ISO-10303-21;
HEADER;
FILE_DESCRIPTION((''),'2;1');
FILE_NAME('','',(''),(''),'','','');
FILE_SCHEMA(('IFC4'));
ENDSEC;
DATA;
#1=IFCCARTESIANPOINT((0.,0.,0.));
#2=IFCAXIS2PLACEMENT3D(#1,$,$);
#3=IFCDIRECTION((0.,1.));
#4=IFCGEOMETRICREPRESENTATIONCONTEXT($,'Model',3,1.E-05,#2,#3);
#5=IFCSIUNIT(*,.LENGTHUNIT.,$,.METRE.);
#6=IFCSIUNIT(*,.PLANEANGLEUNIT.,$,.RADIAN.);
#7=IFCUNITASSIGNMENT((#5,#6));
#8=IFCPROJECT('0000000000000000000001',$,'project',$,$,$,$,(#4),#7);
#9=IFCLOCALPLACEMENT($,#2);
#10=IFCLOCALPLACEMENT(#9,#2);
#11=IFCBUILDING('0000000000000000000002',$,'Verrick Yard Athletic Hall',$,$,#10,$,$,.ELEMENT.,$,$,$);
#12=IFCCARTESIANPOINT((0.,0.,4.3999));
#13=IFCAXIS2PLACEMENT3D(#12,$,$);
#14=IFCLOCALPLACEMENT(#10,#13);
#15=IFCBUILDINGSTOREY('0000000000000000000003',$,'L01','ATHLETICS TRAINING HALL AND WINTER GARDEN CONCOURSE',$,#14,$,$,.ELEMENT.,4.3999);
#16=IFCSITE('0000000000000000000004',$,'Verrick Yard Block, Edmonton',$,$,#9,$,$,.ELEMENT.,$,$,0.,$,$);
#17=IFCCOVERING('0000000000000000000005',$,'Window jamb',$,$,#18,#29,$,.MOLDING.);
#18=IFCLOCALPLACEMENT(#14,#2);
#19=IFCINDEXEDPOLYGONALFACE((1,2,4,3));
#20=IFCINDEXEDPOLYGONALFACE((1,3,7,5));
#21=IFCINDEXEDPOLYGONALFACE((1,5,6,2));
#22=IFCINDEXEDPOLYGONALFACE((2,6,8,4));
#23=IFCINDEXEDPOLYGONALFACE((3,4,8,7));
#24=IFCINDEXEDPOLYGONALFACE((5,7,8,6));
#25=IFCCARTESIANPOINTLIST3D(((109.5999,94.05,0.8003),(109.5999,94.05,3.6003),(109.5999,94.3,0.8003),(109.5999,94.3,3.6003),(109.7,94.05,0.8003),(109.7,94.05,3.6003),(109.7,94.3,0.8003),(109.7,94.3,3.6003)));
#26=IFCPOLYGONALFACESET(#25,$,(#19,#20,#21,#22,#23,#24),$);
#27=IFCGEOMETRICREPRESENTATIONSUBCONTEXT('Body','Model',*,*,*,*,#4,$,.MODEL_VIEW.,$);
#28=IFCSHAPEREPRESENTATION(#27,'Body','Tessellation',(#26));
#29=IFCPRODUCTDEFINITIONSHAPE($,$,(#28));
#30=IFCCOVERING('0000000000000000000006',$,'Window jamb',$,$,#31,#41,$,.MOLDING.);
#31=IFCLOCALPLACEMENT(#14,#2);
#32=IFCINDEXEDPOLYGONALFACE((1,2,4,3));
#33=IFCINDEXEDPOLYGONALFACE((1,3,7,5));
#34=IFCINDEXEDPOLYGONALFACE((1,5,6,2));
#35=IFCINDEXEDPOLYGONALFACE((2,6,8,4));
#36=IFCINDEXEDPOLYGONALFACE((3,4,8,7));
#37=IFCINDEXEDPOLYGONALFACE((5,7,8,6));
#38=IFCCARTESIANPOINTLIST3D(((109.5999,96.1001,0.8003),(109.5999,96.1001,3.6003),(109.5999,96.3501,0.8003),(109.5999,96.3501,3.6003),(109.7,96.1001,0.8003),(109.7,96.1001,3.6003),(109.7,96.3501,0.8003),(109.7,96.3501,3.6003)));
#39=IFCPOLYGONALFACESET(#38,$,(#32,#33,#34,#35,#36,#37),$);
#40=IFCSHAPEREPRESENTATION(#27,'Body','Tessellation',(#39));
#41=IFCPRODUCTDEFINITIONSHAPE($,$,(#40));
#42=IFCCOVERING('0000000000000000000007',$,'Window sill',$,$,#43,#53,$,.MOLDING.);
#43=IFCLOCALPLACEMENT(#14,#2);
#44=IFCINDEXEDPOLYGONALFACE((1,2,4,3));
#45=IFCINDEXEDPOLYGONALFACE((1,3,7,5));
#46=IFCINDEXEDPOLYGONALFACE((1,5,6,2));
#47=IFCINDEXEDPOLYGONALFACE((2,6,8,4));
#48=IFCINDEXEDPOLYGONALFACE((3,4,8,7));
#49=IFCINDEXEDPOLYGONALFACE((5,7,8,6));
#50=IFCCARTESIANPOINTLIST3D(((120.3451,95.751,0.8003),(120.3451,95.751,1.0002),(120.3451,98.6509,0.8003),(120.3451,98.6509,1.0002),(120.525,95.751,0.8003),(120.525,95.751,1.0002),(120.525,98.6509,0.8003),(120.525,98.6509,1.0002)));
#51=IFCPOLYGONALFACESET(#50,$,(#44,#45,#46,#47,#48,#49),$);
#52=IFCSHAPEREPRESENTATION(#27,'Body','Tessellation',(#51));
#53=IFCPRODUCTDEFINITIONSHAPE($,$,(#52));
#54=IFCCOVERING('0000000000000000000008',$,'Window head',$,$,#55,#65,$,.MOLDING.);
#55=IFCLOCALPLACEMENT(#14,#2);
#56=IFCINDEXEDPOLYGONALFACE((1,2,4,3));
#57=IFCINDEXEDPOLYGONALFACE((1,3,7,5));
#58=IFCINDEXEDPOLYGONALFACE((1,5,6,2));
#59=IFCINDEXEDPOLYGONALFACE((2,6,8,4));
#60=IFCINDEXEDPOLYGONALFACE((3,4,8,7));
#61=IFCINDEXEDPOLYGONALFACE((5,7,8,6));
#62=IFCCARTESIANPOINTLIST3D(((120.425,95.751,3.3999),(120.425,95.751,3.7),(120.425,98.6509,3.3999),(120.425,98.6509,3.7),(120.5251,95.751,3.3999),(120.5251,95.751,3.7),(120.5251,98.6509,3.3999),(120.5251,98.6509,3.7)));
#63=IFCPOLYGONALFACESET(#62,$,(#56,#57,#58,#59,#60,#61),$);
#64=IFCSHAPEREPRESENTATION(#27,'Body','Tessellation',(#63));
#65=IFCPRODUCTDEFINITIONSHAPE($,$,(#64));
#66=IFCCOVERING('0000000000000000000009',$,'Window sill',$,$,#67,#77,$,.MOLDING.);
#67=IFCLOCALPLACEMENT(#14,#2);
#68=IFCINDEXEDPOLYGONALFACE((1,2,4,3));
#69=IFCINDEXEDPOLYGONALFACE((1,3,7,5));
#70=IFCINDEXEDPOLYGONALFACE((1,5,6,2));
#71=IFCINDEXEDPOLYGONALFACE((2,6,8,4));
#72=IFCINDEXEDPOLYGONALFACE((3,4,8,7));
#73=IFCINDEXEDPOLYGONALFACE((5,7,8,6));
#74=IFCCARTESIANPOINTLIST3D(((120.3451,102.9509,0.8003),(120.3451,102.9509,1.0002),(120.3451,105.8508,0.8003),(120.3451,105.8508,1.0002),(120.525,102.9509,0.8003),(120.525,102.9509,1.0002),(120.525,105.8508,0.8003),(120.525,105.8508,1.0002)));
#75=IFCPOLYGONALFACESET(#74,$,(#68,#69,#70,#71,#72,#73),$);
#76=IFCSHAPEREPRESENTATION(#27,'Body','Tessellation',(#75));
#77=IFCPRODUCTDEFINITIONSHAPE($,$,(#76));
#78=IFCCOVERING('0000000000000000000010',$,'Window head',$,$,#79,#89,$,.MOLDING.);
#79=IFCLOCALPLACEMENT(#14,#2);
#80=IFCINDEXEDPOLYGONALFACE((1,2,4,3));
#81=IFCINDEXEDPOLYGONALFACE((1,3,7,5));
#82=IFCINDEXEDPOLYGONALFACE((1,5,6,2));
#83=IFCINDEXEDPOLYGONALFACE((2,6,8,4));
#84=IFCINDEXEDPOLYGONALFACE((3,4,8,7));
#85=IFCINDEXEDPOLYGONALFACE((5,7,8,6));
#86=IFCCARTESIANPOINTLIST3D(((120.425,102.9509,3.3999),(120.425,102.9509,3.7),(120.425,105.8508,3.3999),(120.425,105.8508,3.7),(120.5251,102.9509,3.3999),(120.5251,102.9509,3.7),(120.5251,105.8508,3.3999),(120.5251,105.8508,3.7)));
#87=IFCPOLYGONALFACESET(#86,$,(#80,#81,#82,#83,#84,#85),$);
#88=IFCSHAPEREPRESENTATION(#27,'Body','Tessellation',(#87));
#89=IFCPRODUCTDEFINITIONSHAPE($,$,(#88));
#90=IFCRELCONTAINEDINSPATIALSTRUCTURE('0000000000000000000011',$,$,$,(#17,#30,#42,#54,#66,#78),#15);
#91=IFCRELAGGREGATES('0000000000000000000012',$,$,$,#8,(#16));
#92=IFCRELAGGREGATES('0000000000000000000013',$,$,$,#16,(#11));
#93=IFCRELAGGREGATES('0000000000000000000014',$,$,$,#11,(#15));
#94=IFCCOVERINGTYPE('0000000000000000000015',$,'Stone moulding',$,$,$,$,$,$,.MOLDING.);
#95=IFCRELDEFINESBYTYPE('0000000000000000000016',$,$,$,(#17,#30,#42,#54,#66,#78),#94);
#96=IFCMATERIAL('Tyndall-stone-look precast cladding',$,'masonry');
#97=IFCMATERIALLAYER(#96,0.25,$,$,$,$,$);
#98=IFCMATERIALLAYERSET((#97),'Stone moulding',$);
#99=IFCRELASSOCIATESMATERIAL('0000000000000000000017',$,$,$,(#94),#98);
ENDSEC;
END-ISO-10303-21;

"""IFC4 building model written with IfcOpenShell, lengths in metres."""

from ifc_helpers import new_model, si_unit, direction, frame, origin, origin_2d, place, context, subcontext, project, spatial, rectangle, extrude, material, layer, layer_set, type_object, element, save


model = new_model("IFC4")

# Units and contexts
model_context = context("Model", 3, precision=1e-05, world=origin(), true_north=direction((0.0, 1.0)))
body_context = subcontext(model_context, "Body", "Model", "MODEL_VIEW")
ifc_project = project(units=[si_unit("LENGTHUNIT", "METRE"), si_unit("PLANEANGLEUNIT", "RADIAN")], contexts=[model_context])

# Site, building, storey
site_placement = place(None, origin())
site = spatial("IfcSite", under=ifc_project, at=site_placement, Name="Verrick Yard Block, Edmonton", CompositionType="ELEMENT", RefElevation=0.0)
building_placement = place(site_placement, origin())
building = spatial("IfcBuilding", under=site, at=building_placement, Name="Verrick Yard Athletic Hall", CompositionType="ELEMENT")
storey_placement = place(building_placement, frame((0.0, 0.0, 4.3999)))
storey = spatial("IfcBuildingStorey", under=building, at=storey_placement, Name="L01", Description="ATHLETICS TRAINING HALL AND WINTER GARDEN CONCOURSE", CompositionType="ELEMENT", Elevation=4.3999)

# Shared definitions
ifc_material_1 = material(Name="Tyndall-stone-look precast cladding", Category="masonry")

# Coverings
ifc_layer_1 = layer(ifc_material_1, 0.25)
ifc_layer_set_1 = layer_set([ifc_layer_1], Name="Stone moulding")
covering_type_1 = type_object("IfcCoveringType", Name="Stone moulding", PredefinedType="MOLDING", material=ifc_layer_set_1)
for number, where, z_axis, x_axis, name in (
    (1, (109.6499, 94.175, 0.8003), (0.0, 0.0, 1.0), (0.0, 1.0, 0.0), "Window jamb"),
    (2, (109.6499, 96.2251, 0.8003), (0.0, 0.0, 1.0), (0.0, 1.0, 0.0), "Window jamb"),
):
    element("IfcCovering", number, at=place(storey_placement, frame(where, z_axis=z_axis, x_axis=x_axis)), inside=storey, type_object=covering_type_1, Name=name, PredefinedType="MOLDING", context=body_context, shape_type="SweptSolid", body=[
        extrude(rectangle(XDim=0.25, YDim=0.1001, at=origin_2d()), origin(), (0.0, 0.0, 1.0), 2.8),
    ])
covering_1_placement = place(storey_placement, frame((120.4351, 97.2009, 0.8003), z_axis=(0.0, 0.0, 1.0), x_axis=(0.0, 1.0, 0.0)))
element("IfcCovering", 3, at=covering_1_placement, inside=storey, type_object=covering_type_1, Name="Window sill", PredefinedType="MOLDING", context=body_context, shape_type="SweptSolid", body=[
    extrude(rectangle(XDim=2.8999, YDim=0.1799, at=origin_2d()), origin(), (0.0, 0.0, 1.0), 0.2),
])
covering_2_placement = place(storey_placement, frame((120.4751, 97.2009, 3.3999), z_axis=(0.0, 0.0, 1.0), x_axis=(0.0, 1.0, 0.0)))
element("IfcCovering", 4, at=covering_2_placement, inside=storey, type_object=covering_type_1, Name="Window head", PredefinedType="MOLDING", context=body_context, shape_type="SweptSolid", body=[
    extrude(rectangle(XDim=2.8999, YDim=0.1001, at=origin_2d()), origin(), (0.0, 0.0, 1.0), 0.3),
])
covering_3_placement = place(storey_placement, frame((120.4351, 104.4009, 0.8003), z_axis=(0.0, 0.0, 1.0), x_axis=(0.0, 1.0, 0.0)))
element("IfcCovering", 5, at=covering_3_placement, inside=storey, type_object=covering_type_1, Name="Window sill", PredefinedType="MOLDING", context=body_context, shape_type="SweptSolid", body=[
    extrude(rectangle(XDim=2.8999, YDim=0.1799, at=origin_2d()), origin(), (0.0, 0.0, 1.0), 0.2),
])
covering_4_placement = place(storey_placement, frame((120.4751, 104.4009, 3.3999), z_axis=(0.0, 0.0, 1.0), x_axis=(0.0, 1.0, 0.0)))
element("IfcCovering", 6, at=covering_4_placement, inside=storey, type_object=covering_type_1, Name="Window head", PredefinedType="MOLDING", context=body_context, shape_type="SweptSolid", body=[
    extrude(rectangle(XDim=2.8999, YDim=0.1001, at=origin_2d()), origin(), (0.0, 0.0, 1.0), 0.3),
])

save(model, "model.ifc")
